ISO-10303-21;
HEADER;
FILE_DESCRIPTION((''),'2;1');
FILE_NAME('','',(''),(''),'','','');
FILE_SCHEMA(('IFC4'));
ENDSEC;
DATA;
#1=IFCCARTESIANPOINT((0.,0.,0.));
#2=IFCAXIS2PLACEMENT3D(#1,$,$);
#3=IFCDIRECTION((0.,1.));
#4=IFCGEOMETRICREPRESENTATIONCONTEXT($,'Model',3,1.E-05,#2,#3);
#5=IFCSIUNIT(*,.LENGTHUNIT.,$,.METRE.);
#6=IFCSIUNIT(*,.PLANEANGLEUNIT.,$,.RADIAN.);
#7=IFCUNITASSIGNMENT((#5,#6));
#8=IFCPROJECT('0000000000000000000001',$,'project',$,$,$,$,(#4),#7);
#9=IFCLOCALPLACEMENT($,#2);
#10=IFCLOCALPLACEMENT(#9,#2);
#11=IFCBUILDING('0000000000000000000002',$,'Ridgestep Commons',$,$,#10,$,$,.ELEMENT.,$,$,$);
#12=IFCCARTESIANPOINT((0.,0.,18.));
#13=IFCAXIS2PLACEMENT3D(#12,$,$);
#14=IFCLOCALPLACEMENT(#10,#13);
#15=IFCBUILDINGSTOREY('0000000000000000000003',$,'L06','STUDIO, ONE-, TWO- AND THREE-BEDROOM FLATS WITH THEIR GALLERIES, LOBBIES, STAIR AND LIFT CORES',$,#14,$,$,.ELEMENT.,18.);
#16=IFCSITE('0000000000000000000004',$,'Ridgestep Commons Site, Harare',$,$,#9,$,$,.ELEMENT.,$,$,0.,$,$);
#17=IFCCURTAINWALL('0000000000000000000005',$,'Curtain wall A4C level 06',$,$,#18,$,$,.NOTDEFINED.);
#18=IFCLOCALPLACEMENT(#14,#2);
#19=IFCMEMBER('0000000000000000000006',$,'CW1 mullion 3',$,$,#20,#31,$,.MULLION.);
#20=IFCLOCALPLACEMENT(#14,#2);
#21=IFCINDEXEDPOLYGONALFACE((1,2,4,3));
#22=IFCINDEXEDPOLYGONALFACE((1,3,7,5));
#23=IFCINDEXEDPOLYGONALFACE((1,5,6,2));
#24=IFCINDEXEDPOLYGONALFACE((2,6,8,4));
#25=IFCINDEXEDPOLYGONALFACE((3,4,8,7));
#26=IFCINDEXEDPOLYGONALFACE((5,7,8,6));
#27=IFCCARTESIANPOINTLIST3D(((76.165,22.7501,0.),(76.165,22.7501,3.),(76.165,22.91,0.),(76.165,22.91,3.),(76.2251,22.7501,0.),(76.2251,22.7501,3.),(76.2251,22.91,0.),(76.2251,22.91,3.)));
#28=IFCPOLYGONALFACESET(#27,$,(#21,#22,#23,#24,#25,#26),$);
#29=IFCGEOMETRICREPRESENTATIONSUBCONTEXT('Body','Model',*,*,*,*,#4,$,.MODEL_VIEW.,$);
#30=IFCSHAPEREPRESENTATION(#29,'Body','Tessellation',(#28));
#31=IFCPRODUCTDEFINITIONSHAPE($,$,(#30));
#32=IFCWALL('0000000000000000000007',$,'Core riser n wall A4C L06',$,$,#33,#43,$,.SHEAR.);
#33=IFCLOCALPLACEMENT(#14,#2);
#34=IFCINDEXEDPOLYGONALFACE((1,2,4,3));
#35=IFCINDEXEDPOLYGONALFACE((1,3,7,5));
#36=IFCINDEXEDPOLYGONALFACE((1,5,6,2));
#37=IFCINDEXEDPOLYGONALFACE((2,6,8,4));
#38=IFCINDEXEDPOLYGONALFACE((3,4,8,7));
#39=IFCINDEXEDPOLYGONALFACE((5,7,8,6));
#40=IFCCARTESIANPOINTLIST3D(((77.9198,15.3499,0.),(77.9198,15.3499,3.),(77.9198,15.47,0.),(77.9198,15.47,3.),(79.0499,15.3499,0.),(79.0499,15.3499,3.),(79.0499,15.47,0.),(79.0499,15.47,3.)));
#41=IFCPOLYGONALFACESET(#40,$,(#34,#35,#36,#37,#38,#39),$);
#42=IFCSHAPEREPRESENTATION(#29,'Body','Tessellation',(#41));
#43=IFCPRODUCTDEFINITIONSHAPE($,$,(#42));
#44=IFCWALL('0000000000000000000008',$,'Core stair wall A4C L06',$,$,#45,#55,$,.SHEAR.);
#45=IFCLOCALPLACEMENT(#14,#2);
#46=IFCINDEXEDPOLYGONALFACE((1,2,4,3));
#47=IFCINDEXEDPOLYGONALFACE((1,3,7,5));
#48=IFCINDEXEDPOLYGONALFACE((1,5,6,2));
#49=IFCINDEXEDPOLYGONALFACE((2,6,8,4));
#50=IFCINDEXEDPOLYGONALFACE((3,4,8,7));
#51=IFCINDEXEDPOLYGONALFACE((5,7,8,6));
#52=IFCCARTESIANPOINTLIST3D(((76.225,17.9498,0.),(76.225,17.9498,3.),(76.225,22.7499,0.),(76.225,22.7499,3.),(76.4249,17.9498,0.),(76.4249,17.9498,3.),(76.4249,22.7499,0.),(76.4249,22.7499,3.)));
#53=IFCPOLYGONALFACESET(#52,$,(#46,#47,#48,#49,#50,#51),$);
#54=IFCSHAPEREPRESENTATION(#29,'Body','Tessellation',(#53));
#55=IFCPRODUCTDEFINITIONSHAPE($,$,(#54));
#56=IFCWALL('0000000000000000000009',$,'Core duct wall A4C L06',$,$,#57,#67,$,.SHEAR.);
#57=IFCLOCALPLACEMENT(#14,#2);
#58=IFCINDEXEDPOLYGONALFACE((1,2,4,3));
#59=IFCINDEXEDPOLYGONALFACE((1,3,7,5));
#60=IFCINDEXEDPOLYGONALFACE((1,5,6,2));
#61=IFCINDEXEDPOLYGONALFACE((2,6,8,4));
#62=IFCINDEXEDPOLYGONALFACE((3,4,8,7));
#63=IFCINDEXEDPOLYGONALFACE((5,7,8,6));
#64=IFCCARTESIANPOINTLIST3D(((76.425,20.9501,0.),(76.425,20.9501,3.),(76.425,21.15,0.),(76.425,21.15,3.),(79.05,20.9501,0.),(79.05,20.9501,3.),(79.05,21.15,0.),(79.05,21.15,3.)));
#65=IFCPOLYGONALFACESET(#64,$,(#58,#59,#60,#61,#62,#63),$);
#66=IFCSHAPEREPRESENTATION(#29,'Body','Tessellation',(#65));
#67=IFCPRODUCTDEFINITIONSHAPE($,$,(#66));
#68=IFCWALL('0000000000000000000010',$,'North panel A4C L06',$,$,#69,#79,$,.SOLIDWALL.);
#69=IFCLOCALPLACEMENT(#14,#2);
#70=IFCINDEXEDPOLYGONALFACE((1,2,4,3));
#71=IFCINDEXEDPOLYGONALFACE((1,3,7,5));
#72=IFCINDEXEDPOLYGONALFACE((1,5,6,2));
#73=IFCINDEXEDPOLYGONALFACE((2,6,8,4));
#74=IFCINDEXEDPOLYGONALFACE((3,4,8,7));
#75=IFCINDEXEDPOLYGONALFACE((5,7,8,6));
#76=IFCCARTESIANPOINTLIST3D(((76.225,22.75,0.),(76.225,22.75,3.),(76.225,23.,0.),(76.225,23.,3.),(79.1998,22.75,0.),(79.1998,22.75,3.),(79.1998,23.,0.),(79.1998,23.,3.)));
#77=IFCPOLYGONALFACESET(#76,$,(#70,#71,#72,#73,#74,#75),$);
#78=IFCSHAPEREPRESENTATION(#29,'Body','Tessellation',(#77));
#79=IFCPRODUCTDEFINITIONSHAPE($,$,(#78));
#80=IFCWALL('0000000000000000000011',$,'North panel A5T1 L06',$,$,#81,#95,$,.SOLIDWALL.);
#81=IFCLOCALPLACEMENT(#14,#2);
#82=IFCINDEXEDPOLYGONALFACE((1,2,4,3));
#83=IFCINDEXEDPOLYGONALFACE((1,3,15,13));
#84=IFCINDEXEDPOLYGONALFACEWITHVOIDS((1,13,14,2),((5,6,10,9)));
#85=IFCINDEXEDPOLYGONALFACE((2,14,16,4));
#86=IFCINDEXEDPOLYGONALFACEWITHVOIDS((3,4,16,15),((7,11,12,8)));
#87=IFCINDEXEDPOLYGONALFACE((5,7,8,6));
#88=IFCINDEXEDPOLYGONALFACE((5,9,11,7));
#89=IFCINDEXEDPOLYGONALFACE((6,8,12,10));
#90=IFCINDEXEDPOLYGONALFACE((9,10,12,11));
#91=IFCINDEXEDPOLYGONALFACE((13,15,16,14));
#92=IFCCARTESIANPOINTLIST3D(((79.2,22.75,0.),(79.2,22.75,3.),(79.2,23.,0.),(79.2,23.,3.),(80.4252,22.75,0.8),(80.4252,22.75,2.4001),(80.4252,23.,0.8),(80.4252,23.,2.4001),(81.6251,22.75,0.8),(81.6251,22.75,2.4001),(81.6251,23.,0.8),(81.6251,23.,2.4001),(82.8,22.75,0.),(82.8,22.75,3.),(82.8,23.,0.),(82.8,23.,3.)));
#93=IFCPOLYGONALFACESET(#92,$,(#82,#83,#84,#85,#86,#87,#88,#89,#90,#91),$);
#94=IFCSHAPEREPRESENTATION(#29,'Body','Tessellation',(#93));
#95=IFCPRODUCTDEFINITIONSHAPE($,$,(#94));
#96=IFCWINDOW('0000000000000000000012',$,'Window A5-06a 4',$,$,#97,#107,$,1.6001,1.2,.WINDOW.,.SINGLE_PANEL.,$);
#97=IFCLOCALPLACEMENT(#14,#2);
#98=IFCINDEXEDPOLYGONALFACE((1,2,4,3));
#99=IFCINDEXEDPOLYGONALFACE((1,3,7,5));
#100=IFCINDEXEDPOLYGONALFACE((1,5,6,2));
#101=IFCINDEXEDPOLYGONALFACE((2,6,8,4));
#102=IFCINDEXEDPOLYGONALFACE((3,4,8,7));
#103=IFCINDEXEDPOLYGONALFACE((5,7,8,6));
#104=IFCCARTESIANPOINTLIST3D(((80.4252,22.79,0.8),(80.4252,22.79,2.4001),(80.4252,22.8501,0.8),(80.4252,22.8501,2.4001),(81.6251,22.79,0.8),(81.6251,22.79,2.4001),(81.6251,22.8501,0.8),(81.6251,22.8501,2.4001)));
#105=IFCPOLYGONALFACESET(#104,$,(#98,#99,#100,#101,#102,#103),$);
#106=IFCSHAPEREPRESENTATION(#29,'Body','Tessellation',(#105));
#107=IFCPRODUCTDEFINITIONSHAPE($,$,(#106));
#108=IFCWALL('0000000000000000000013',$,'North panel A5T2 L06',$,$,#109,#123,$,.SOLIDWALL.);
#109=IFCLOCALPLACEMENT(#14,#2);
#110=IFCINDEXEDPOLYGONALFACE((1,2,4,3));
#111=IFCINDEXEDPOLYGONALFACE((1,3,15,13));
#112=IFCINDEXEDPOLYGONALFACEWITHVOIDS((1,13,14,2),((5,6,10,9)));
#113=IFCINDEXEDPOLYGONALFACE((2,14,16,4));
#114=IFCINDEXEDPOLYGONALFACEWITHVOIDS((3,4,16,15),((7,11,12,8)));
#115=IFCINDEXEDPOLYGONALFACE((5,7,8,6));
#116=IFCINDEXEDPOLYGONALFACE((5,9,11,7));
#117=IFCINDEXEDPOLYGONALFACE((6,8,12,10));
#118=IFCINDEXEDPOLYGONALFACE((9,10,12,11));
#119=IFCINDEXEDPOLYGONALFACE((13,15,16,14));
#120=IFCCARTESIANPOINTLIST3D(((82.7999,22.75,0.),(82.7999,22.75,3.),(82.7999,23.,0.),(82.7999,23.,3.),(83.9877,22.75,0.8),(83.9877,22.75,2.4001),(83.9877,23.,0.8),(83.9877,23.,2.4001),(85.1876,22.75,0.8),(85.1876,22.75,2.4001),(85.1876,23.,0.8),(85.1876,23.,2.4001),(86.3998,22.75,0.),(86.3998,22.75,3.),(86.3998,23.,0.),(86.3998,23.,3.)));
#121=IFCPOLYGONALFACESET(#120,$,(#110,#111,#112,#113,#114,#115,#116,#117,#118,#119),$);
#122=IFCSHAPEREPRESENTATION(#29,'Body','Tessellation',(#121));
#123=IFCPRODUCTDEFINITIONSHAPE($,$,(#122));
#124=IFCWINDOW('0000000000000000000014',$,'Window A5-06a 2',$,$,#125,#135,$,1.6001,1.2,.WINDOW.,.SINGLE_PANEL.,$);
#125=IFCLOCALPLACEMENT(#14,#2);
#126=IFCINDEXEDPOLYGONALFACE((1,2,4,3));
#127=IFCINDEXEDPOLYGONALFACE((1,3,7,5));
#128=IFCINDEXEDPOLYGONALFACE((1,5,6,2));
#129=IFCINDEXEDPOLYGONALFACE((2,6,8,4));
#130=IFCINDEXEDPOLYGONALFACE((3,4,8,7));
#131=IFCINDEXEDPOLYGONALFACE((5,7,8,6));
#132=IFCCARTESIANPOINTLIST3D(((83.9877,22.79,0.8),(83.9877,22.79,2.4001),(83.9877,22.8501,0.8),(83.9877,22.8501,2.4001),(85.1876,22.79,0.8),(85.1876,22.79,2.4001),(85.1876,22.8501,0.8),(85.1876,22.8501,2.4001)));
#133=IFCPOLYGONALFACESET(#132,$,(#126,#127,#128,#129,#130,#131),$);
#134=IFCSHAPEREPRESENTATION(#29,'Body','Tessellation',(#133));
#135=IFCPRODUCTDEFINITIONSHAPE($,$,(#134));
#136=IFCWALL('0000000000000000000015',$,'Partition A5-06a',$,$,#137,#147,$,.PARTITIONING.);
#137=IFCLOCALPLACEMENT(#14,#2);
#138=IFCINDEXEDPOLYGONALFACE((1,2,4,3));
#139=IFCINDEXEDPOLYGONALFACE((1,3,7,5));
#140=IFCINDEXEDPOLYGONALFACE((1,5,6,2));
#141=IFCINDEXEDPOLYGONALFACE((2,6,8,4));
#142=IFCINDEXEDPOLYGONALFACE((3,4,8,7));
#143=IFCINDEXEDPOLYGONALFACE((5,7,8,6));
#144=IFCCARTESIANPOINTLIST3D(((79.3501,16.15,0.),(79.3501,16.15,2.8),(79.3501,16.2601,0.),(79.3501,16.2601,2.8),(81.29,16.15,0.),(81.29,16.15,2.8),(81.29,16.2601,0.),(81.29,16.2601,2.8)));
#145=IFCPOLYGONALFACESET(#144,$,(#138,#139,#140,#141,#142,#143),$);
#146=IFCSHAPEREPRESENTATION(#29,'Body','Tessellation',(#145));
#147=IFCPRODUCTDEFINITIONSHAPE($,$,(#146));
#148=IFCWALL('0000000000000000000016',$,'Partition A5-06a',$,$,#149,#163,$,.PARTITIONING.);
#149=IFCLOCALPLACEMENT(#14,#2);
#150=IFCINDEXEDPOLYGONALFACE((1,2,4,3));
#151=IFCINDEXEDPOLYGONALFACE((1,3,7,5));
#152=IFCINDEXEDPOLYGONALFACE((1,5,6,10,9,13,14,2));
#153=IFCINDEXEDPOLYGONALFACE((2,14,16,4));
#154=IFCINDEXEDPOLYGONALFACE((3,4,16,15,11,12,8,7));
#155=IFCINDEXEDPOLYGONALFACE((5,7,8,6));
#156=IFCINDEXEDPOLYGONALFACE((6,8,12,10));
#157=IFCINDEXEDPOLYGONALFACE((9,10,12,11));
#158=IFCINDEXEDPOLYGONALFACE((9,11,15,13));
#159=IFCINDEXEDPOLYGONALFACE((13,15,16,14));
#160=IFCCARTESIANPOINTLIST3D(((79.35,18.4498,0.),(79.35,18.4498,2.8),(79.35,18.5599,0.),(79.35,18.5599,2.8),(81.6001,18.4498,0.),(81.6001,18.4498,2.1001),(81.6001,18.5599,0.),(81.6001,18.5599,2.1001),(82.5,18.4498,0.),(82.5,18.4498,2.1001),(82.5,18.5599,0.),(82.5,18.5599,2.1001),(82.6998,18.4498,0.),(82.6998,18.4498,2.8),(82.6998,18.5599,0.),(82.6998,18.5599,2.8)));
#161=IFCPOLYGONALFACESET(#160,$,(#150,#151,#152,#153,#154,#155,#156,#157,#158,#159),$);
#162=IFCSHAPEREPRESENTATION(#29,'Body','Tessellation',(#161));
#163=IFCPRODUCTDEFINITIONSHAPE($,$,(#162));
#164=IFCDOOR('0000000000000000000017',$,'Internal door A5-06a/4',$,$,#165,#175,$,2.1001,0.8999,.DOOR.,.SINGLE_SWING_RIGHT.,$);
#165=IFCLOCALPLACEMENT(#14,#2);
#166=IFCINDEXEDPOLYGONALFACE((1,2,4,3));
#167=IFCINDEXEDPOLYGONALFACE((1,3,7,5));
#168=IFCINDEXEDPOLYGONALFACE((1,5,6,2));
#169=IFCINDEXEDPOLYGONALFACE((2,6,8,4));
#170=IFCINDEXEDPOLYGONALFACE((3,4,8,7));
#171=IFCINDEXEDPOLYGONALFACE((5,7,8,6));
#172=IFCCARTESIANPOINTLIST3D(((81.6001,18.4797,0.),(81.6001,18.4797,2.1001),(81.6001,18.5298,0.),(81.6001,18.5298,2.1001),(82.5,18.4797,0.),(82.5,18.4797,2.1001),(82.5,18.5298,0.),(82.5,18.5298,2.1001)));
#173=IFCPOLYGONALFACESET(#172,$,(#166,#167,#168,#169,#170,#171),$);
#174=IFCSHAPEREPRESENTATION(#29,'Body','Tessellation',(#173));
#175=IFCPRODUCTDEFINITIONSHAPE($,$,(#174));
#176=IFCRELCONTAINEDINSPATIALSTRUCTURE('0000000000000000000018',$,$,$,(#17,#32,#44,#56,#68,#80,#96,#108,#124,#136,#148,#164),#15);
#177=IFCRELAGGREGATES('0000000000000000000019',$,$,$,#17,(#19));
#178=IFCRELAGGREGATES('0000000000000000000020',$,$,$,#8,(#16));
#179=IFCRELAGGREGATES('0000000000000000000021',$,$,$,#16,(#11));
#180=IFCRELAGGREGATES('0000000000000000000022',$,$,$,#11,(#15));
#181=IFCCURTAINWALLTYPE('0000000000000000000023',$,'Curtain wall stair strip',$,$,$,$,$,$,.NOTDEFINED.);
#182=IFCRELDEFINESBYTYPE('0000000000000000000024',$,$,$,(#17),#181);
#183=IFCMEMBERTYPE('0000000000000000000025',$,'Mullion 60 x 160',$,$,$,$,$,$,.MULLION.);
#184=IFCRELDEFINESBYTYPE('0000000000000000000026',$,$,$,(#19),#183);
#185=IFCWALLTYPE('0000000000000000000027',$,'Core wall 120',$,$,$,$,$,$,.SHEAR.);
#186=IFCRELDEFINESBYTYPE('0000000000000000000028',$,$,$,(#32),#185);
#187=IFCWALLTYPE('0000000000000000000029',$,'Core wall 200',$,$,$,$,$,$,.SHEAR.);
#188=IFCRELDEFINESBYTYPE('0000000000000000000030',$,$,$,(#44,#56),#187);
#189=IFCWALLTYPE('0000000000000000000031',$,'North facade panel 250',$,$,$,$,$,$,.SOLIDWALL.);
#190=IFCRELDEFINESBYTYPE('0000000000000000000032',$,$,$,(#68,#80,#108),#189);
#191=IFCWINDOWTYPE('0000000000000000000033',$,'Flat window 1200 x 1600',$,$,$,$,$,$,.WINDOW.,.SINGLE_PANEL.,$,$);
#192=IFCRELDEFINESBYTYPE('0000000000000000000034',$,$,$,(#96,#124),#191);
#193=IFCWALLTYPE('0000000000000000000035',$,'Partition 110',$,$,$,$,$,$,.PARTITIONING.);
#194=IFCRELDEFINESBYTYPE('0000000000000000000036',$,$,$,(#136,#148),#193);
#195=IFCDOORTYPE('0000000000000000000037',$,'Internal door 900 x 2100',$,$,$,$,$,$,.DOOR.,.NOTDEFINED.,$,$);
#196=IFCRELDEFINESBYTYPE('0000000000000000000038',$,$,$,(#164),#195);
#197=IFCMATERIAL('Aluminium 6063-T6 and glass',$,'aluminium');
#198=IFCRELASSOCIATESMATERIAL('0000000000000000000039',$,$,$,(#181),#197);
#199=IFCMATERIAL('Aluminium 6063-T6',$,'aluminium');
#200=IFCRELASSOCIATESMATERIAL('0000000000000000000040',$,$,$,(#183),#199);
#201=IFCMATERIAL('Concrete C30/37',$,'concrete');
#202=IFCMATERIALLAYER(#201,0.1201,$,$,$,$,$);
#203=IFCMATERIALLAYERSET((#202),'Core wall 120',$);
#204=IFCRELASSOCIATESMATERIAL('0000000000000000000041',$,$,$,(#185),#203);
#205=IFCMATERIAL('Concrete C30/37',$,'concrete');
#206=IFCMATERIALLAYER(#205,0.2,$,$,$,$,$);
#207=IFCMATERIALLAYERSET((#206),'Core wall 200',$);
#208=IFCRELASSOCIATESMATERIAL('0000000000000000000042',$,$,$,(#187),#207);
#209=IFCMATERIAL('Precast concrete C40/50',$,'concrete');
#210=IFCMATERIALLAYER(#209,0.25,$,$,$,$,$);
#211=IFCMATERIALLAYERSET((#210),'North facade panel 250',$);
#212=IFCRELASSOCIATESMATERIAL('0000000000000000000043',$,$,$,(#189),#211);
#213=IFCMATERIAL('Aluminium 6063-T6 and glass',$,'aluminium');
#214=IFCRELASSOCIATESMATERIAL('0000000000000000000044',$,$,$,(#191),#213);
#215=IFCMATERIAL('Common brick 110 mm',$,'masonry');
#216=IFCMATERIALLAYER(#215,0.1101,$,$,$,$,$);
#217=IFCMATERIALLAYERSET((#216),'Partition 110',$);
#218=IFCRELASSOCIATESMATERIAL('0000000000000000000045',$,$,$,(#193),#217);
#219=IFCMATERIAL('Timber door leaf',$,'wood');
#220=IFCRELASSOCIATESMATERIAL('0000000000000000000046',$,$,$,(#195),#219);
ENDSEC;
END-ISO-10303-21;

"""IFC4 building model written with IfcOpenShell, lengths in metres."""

from ifc_helpers import new_model, si_unit, direction, frame, frame_2d, origin, origin_2d, place, context, subcontext, project, spatial, rectangle, extrude, material, layer, layer_set, material_profile, profile_set, type_object, element, fill, aggregate, save


model = new_model("IFC4")

# Units and contexts
model_context = context("Model", 3, precision=1e-05, world=origin(), true_north=direction((0.0, 1.0)))
body_context = subcontext(model_context, "Body", "Model", "MODEL_VIEW")
ifc_project = project(units=[si_unit("LENGTHUNIT", "METRE"), si_unit("PLANEANGLEUNIT", "RADIAN")], contexts=[model_context])

# Site, building, storey
site_placement = place(None, origin())
site = spatial("IfcSite", under=ifc_project, at=site_placement, Name="Ridgestep Commons Site, Harare", CompositionType="ELEMENT", RefElevation=0.0)
building_placement = place(site_placement, origin())
building = spatial("IfcBuilding", under=site, at=building_placement, Name="Ridgestep Commons", CompositionType="ELEMENT")
storey_placement = place(building_placement, frame((0.0, 0.0, 18.0)))
storey = spatial("IfcBuildingStorey", under=building, at=storey_placement, Name="L06", Description="STUDIO, ONE-, TWO- AND THREE-BEDROOM FLATS WITH THEIR GALLERIES, LOBBIES, STAIR AND LIFT CORES", CompositionType="ELEMENT", Elevation=18.0)

# Curtain wall, member
ifc_material_1 = material(Name="Aluminium 6063-T6 and glass", Category="aluminium")
curtain_wall_type = type_object("IfcCurtainWallType", Name="Curtain wall stair strip", PredefinedType="NOTDEFINED", material=ifc_material_1)
curtain_wall_placement = place(storey_placement, origin())
curtain_wall = element("IfcCurtainWall", 1, at=curtain_wall_placement, inside=storey, type_object=curtain_wall_type, Name="Curtain wall A4C level 06", PredefinedType="NOTDEFINED")
ifc_material_2 = material(Name="Aluminium 6063-T6", Category="aluminium")
ifc_material_profile = material_profile(ifc_material_2, rectangle(XDim=0.1599, YDim=0.0601, at=origin_2d()), Name="Mullion 60 x 160")
ifc_profile_set = profile_set([ifc_material_profile], Name="Aluminium 6063-T6")
member_type = type_object("IfcMemberType", Name="Mullion 60 x 160", PredefinedType="MULLION", material=ifc_profile_set)
member_placement = place(storey_placement, frame((76.1951, 22.8301, 0.0), z_axis=(0.0, 0.0, 1.0), x_axis=(0.0, 1.0, 0.0)))
member = element("IfcMember", 2, at=member_placement, type_object=member_type, Name="CW1 mullion 3", PredefinedType="MULLION", context=body_context, shape_type="SweptSolid", body=[
    extrude(rectangle(XDim=0.1599, YDim=0.0601, at=origin_2d()), origin(), (0.0, 0.0, 1.0), 3.0),
])
aggregate(curtain_wall, [member])

# Walls
ifc_material_3 = material(Name="Concrete C30/37", Category="concrete")
ifc_layer_1 = layer(ifc_material_3, 0.1201)
ifc_layer_set_1 = layer_set([ifc_layer_1], Name="Core wall 120")
wall_type_1 = type_object("IfcWallType", Name="Core wall 120", PredefinedType="SHEAR", material=ifc_layer_set_1)
wall_1_placement = place(storey_placement, frame((77.9199, 15.4099, 0.0), z_axis=(0.0, 0.0, 1.0), x_axis=(1.0, 0.0, 0.0)))
element("IfcWall", 3, at=wall_1_placement, inside=storey, type_object=wall_type_1, Name="Core riser n wall A4C L06", PredefinedType="SHEAR", context=body_context, shape_type="SweptSolid", body=[
    extrude(rectangle(XDim=1.1301, YDim=0.1201, at=frame_2d((0.5649, 0.0))), origin(), (0.0, 0.0, 1.0), 3.0),
])
ifc_material_4 = material(Name="Concrete C30/37", Category="concrete")
ifc_layer_2 = layer(ifc_material_4, 0.2)
ifc_layer_set_2 = layer_set([ifc_layer_2], Name="Core wall 200")
wall_type_2 = type_object("IfcWallType", Name="Core wall 200", PredefinedType="SHEAR", material=ifc_layer_set_2)
wall_2_placement = place(storey_placement, frame((76.325, 17.95, 0.0), z_axis=(0.0, 0.0, 1.0), x_axis=(0.0, 1.0, 0.0)))
element("IfcWall", 4, at=wall_2_placement, inside=storey, type_object=wall_type_2, Name="Core stair wall A4C L06", PredefinedType="SHEAR", context=body_context, shape_type="SweptSolid", body=[
    extrude(rectangle(XDim=4.8, YDim=0.2, at=frame_2d((2.3999, 0.0))), origin(), (0.0, 0.0, 1.0), 3.0),
])
wall_3_placement = place(storey_placement, frame((76.425, 21.05, 0.0), z_axis=(0.0, 0.0, 1.0), x_axis=(1.0, 0.0, 0.0)))
element("IfcWall", 5, at=wall_3_placement, inside=storey, type_object=wall_type_2, Name="Core duct wall A4C L06", PredefinedType="SHEAR", context=body_context, shape_type="SweptSolid", body=[
    extrude(rectangle(XDim=2.625, YDim=0.2, at=frame_2d((1.3125, 0.0))), origin(), (0.0, 0.0, 1.0), 3.0),
])
ifc_material_5 = material(Name="Precast concrete C40/50", Category="concrete")
ifc_layer_3 = layer(ifc_material_5, 0.25)
ifc_layer_set_3 = layer_set([ifc_layer_3], Name="North facade panel 250")
wall_type_3 = type_object("IfcWallType", Name="North facade panel 250", PredefinedType="SOLIDWALL", material=ifc_layer_set_3)
wall_4_placement = place(storey_placement, frame((76.2251, 22.875, 0.0), z_axis=(0.0, 0.0, 1.0), x_axis=(1.0, 0.0, 0.0)))
element("IfcWall", 6, at=wall_4_placement, inside=storey, type_object=wall_type_3, Name="North panel A4C L06", PredefinedType="SOLIDWALL", context=body_context, shape_type="SweptSolid", body=[
    extrude(rectangle(XDim=2.9749, YDim=0.25, at=frame_2d((1.4873, 0.0))), origin(), (0.0, 0.0, 1.0), 3.0),
])

# Walls, openings, windows
wall_5_placement = place(storey_placement, frame((79.2, 22.875, 0.0), z_axis=(0.0, 0.0, 1.0), x_axis=(1.0, 0.0, 0.0)))
wall_5 = element("IfcWall", 7, at=wall_5_placement, inside=storey, type_object=wall_type_3, Name="North panel A5T1 L06", PredefinedType="SOLIDWALL", context=body_context, shape_type="SweptSolid", body=[
    extrude(rectangle(XDim=3.6001, YDim=0.25, at=frame_2d((1.8, 0.0))), origin(), (0.0, 0.0, 1.0), 3.0),
])
opening_1_placement = place(wall_5_placement, frame((1.2251, 0.0, 0.8)))
opening_1 = element("IfcOpeningElement", 8, at=opening_1_placement, cuts=wall_5, PredefinedType="OPENING", context=body_context, shape_type="SweptSolid", body=[
    extrude(rectangle(XDim=1.2, YDim=1.6001, at=frame_2d((0.6001, 0.8))), frame((0.0, 0.135, 0.0), z_axis=(0.0, -1.0, 0.0), x_axis=(1.0, 0.0, 0.0)), (0.0, 0.0, 1.0), 0.27),
])
ifc_material_6 = material(Name="Aluminium 6063-T6 and glass", Category="aluminium")
window_type = type_object("IfcWindowType", Name="Flat window 1200 x 1600", PartitioningType="SINGLE_PANEL", PredefinedType="WINDOW", material=ifc_material_6)
window_1_placement = place(opening_1_placement, origin())
window_1 = element("IfcWindow", 9, at=window_1_placement, inside=storey, type_object=window_type, Name="Window A5-06a 4", OverallHeight=1.6001, OverallWidth=1.2, PartitioningType="SINGLE_PANEL", PredefinedType="WINDOW", context=body_context, shape_type="SweptSolid", body=[
    extrude(rectangle(XDim=1.2, YDim=1.6001, at=frame_2d((0.6001, 0.8))), frame((0.0, -0.0249, 0.0), z_axis=(0.0, -1.0, 0.0), x_axis=(1.0, 0.0, 0.0)), (0.0, 0.0, 1.0), 0.0601),
])
fill(opening_1, window_1)
wall_6_placement = place(storey_placement, frame((82.8, 22.875, 0.0), z_axis=(0.0, 0.0, 1.0), x_axis=(1.0, 0.0, 0.0)))
wall_6 = element("IfcWall", 10, at=wall_6_placement, inside=storey, type_object=wall_type_3, Name="North panel A5T2 L06", PredefinedType="SOLIDWALL", context=body_context, shape_type="SweptSolid", body=[
    extrude(rectangle(XDim=3.5999, YDim=0.25, at=frame_2d((1.7998, 0.0))), origin(), (0.0, 0.0, 1.0), 3.0),
])
opening_2_placement = place(wall_6_placement, frame((1.1875, 0.0, 0.8)))
opening_2 = element("IfcOpeningElement", 11, at=opening_2_placement, cuts=wall_6, PredefinedType="OPENING", context=body_context, shape_type="SweptSolid", body=[
    extrude(rectangle(XDim=1.2, YDim=1.6001, at=frame_2d((0.6001, 0.8))), frame((0.0, 0.135, 0.0), z_axis=(0.0, -1.0, 0.0), x_axis=(1.0, 0.0, 0.0)), (0.0, 0.0, 1.0), 0.27),
])
window_2_placement = place(opening_2_placement, origin())
window_2 = element("IfcWindow", 12, at=window_2_placement, inside=storey, type_object=window_type, Name="Window A5-06a 2", OverallHeight=1.6001, OverallWidth=1.2, PartitioningType="SINGLE_PANEL", PredefinedType="WINDOW", context=body_context, shape_type="SweptSolid", body=[
    extrude(rectangle(XDim=1.2, YDim=1.6001, at=frame_2d((0.6001, 0.8))), frame((0.0, -0.0249, 0.0), z_axis=(0.0, -1.0, 0.0), x_axis=(1.0, 0.0, 0.0)), (0.0, 0.0, 1.0), 0.0601),
])
fill(opening_2, window_2)

# Wall
ifc_material_7 = material(Name="Common brick 110 mm", Category="masonry")
ifc_layer_4 = layer(ifc_material_7, 0.1101)
ifc_layer_set_4 = layer_set([ifc_layer_4], Name="Partition 110")
wall_type_4 = type_object("IfcWallType", Name="Partition 110", PredefinedType="PARTITIONING", material=ifc_layer_set_4)
wall_7_placement = place(storey_placement, frame((79.3501, 16.2051, 0.0), z_axis=(0.0, 0.0, 1.0), x_axis=(1.0, 0.0, 0.0)))
element("IfcWall", 13, at=wall_7_placement, inside=storey, type_object=wall_type_4, Name="Partition A5-06a", PredefinedType="PARTITIONING", context=body_context, shape_type="SweptSolid", body=[
    extrude(rectangle(XDim=1.9399, YDim=0.1101, at=frame_2d((0.97, 0.0))), origin(), (0.0, 0.0, 1.0), 2.8),
])

# Wall, opening, door
wall_8_placement = place(storey_placement, frame((79.3501, 18.5049, 0.0), z_axis=(0.0, 0.0, 1.0), x_axis=(1.0, 0.0, 0.0)))
wall_8 = element("IfcWall", 14, at=wall_8_placement, inside=storey, type_object=wall_type_4, Name="Partition A5-06a", PredefinedType="PARTITIONING", context=body_context, shape_type="SweptSolid", body=[
    extrude(rectangle(XDim=3.3499, YDim=0.1101, at=frame_2d((1.6748, 0.0))), origin(), (0.0, 0.0, 1.0), 2.8),
])
opening_3_placement = place(wall_8_placement, frame((2.25, 0.0, 0.0)))
opening_3 = element("IfcOpeningElement", 15, at=opening_3_placement, cuts=wall_8, PredefinedType="OPENING", context=body_context, shape_type="SweptSolid", body=[
    extrude(rectangle(XDim=0.8999, YDim=2.1001, at=frame_2d((0.45, 1.05))), frame((0.0, 0.0649, 0.0), z_axis=(0.0, -1.0, 0.0), x_axis=(1.0, 0.0, 0.0)), (0.0, 0.0, 1.0), 0.1301),
])
ifc_material_8 = material(Name="Timber door leaf", Category="wood")
door_type = type_object("IfcDoorType", Name="Internal door 900 x 2100", OperationType="NOTDEFINED", PredefinedType="DOOR", material=ifc_material_8)
door_placement = place(opening_3_placement, origin())
door = element("IfcDoor", 16, at=door_placement, inside=storey, type_object=door_type, Name="Internal door A5-06a/4", OperationType="SINGLE_SWING_RIGHT", OverallHeight=2.1001, OverallWidth=0.8999, PredefinedType="DOOR", context=body_context, shape_type="SweptSolid", body=[
    extrude(rectangle(XDim=0.8999, YDim=2.1001, at=frame_2d((0.45, 1.05))), frame((0.0, 0.0249, 0.0), z_axis=(0.0, -1.0, 0.0), x_axis=(1.0, 0.0, 0.0)), (0.0, 0.0, 1.0), 0.05),
])
fill(opening_3, door)

save(model, "model.ifc")
